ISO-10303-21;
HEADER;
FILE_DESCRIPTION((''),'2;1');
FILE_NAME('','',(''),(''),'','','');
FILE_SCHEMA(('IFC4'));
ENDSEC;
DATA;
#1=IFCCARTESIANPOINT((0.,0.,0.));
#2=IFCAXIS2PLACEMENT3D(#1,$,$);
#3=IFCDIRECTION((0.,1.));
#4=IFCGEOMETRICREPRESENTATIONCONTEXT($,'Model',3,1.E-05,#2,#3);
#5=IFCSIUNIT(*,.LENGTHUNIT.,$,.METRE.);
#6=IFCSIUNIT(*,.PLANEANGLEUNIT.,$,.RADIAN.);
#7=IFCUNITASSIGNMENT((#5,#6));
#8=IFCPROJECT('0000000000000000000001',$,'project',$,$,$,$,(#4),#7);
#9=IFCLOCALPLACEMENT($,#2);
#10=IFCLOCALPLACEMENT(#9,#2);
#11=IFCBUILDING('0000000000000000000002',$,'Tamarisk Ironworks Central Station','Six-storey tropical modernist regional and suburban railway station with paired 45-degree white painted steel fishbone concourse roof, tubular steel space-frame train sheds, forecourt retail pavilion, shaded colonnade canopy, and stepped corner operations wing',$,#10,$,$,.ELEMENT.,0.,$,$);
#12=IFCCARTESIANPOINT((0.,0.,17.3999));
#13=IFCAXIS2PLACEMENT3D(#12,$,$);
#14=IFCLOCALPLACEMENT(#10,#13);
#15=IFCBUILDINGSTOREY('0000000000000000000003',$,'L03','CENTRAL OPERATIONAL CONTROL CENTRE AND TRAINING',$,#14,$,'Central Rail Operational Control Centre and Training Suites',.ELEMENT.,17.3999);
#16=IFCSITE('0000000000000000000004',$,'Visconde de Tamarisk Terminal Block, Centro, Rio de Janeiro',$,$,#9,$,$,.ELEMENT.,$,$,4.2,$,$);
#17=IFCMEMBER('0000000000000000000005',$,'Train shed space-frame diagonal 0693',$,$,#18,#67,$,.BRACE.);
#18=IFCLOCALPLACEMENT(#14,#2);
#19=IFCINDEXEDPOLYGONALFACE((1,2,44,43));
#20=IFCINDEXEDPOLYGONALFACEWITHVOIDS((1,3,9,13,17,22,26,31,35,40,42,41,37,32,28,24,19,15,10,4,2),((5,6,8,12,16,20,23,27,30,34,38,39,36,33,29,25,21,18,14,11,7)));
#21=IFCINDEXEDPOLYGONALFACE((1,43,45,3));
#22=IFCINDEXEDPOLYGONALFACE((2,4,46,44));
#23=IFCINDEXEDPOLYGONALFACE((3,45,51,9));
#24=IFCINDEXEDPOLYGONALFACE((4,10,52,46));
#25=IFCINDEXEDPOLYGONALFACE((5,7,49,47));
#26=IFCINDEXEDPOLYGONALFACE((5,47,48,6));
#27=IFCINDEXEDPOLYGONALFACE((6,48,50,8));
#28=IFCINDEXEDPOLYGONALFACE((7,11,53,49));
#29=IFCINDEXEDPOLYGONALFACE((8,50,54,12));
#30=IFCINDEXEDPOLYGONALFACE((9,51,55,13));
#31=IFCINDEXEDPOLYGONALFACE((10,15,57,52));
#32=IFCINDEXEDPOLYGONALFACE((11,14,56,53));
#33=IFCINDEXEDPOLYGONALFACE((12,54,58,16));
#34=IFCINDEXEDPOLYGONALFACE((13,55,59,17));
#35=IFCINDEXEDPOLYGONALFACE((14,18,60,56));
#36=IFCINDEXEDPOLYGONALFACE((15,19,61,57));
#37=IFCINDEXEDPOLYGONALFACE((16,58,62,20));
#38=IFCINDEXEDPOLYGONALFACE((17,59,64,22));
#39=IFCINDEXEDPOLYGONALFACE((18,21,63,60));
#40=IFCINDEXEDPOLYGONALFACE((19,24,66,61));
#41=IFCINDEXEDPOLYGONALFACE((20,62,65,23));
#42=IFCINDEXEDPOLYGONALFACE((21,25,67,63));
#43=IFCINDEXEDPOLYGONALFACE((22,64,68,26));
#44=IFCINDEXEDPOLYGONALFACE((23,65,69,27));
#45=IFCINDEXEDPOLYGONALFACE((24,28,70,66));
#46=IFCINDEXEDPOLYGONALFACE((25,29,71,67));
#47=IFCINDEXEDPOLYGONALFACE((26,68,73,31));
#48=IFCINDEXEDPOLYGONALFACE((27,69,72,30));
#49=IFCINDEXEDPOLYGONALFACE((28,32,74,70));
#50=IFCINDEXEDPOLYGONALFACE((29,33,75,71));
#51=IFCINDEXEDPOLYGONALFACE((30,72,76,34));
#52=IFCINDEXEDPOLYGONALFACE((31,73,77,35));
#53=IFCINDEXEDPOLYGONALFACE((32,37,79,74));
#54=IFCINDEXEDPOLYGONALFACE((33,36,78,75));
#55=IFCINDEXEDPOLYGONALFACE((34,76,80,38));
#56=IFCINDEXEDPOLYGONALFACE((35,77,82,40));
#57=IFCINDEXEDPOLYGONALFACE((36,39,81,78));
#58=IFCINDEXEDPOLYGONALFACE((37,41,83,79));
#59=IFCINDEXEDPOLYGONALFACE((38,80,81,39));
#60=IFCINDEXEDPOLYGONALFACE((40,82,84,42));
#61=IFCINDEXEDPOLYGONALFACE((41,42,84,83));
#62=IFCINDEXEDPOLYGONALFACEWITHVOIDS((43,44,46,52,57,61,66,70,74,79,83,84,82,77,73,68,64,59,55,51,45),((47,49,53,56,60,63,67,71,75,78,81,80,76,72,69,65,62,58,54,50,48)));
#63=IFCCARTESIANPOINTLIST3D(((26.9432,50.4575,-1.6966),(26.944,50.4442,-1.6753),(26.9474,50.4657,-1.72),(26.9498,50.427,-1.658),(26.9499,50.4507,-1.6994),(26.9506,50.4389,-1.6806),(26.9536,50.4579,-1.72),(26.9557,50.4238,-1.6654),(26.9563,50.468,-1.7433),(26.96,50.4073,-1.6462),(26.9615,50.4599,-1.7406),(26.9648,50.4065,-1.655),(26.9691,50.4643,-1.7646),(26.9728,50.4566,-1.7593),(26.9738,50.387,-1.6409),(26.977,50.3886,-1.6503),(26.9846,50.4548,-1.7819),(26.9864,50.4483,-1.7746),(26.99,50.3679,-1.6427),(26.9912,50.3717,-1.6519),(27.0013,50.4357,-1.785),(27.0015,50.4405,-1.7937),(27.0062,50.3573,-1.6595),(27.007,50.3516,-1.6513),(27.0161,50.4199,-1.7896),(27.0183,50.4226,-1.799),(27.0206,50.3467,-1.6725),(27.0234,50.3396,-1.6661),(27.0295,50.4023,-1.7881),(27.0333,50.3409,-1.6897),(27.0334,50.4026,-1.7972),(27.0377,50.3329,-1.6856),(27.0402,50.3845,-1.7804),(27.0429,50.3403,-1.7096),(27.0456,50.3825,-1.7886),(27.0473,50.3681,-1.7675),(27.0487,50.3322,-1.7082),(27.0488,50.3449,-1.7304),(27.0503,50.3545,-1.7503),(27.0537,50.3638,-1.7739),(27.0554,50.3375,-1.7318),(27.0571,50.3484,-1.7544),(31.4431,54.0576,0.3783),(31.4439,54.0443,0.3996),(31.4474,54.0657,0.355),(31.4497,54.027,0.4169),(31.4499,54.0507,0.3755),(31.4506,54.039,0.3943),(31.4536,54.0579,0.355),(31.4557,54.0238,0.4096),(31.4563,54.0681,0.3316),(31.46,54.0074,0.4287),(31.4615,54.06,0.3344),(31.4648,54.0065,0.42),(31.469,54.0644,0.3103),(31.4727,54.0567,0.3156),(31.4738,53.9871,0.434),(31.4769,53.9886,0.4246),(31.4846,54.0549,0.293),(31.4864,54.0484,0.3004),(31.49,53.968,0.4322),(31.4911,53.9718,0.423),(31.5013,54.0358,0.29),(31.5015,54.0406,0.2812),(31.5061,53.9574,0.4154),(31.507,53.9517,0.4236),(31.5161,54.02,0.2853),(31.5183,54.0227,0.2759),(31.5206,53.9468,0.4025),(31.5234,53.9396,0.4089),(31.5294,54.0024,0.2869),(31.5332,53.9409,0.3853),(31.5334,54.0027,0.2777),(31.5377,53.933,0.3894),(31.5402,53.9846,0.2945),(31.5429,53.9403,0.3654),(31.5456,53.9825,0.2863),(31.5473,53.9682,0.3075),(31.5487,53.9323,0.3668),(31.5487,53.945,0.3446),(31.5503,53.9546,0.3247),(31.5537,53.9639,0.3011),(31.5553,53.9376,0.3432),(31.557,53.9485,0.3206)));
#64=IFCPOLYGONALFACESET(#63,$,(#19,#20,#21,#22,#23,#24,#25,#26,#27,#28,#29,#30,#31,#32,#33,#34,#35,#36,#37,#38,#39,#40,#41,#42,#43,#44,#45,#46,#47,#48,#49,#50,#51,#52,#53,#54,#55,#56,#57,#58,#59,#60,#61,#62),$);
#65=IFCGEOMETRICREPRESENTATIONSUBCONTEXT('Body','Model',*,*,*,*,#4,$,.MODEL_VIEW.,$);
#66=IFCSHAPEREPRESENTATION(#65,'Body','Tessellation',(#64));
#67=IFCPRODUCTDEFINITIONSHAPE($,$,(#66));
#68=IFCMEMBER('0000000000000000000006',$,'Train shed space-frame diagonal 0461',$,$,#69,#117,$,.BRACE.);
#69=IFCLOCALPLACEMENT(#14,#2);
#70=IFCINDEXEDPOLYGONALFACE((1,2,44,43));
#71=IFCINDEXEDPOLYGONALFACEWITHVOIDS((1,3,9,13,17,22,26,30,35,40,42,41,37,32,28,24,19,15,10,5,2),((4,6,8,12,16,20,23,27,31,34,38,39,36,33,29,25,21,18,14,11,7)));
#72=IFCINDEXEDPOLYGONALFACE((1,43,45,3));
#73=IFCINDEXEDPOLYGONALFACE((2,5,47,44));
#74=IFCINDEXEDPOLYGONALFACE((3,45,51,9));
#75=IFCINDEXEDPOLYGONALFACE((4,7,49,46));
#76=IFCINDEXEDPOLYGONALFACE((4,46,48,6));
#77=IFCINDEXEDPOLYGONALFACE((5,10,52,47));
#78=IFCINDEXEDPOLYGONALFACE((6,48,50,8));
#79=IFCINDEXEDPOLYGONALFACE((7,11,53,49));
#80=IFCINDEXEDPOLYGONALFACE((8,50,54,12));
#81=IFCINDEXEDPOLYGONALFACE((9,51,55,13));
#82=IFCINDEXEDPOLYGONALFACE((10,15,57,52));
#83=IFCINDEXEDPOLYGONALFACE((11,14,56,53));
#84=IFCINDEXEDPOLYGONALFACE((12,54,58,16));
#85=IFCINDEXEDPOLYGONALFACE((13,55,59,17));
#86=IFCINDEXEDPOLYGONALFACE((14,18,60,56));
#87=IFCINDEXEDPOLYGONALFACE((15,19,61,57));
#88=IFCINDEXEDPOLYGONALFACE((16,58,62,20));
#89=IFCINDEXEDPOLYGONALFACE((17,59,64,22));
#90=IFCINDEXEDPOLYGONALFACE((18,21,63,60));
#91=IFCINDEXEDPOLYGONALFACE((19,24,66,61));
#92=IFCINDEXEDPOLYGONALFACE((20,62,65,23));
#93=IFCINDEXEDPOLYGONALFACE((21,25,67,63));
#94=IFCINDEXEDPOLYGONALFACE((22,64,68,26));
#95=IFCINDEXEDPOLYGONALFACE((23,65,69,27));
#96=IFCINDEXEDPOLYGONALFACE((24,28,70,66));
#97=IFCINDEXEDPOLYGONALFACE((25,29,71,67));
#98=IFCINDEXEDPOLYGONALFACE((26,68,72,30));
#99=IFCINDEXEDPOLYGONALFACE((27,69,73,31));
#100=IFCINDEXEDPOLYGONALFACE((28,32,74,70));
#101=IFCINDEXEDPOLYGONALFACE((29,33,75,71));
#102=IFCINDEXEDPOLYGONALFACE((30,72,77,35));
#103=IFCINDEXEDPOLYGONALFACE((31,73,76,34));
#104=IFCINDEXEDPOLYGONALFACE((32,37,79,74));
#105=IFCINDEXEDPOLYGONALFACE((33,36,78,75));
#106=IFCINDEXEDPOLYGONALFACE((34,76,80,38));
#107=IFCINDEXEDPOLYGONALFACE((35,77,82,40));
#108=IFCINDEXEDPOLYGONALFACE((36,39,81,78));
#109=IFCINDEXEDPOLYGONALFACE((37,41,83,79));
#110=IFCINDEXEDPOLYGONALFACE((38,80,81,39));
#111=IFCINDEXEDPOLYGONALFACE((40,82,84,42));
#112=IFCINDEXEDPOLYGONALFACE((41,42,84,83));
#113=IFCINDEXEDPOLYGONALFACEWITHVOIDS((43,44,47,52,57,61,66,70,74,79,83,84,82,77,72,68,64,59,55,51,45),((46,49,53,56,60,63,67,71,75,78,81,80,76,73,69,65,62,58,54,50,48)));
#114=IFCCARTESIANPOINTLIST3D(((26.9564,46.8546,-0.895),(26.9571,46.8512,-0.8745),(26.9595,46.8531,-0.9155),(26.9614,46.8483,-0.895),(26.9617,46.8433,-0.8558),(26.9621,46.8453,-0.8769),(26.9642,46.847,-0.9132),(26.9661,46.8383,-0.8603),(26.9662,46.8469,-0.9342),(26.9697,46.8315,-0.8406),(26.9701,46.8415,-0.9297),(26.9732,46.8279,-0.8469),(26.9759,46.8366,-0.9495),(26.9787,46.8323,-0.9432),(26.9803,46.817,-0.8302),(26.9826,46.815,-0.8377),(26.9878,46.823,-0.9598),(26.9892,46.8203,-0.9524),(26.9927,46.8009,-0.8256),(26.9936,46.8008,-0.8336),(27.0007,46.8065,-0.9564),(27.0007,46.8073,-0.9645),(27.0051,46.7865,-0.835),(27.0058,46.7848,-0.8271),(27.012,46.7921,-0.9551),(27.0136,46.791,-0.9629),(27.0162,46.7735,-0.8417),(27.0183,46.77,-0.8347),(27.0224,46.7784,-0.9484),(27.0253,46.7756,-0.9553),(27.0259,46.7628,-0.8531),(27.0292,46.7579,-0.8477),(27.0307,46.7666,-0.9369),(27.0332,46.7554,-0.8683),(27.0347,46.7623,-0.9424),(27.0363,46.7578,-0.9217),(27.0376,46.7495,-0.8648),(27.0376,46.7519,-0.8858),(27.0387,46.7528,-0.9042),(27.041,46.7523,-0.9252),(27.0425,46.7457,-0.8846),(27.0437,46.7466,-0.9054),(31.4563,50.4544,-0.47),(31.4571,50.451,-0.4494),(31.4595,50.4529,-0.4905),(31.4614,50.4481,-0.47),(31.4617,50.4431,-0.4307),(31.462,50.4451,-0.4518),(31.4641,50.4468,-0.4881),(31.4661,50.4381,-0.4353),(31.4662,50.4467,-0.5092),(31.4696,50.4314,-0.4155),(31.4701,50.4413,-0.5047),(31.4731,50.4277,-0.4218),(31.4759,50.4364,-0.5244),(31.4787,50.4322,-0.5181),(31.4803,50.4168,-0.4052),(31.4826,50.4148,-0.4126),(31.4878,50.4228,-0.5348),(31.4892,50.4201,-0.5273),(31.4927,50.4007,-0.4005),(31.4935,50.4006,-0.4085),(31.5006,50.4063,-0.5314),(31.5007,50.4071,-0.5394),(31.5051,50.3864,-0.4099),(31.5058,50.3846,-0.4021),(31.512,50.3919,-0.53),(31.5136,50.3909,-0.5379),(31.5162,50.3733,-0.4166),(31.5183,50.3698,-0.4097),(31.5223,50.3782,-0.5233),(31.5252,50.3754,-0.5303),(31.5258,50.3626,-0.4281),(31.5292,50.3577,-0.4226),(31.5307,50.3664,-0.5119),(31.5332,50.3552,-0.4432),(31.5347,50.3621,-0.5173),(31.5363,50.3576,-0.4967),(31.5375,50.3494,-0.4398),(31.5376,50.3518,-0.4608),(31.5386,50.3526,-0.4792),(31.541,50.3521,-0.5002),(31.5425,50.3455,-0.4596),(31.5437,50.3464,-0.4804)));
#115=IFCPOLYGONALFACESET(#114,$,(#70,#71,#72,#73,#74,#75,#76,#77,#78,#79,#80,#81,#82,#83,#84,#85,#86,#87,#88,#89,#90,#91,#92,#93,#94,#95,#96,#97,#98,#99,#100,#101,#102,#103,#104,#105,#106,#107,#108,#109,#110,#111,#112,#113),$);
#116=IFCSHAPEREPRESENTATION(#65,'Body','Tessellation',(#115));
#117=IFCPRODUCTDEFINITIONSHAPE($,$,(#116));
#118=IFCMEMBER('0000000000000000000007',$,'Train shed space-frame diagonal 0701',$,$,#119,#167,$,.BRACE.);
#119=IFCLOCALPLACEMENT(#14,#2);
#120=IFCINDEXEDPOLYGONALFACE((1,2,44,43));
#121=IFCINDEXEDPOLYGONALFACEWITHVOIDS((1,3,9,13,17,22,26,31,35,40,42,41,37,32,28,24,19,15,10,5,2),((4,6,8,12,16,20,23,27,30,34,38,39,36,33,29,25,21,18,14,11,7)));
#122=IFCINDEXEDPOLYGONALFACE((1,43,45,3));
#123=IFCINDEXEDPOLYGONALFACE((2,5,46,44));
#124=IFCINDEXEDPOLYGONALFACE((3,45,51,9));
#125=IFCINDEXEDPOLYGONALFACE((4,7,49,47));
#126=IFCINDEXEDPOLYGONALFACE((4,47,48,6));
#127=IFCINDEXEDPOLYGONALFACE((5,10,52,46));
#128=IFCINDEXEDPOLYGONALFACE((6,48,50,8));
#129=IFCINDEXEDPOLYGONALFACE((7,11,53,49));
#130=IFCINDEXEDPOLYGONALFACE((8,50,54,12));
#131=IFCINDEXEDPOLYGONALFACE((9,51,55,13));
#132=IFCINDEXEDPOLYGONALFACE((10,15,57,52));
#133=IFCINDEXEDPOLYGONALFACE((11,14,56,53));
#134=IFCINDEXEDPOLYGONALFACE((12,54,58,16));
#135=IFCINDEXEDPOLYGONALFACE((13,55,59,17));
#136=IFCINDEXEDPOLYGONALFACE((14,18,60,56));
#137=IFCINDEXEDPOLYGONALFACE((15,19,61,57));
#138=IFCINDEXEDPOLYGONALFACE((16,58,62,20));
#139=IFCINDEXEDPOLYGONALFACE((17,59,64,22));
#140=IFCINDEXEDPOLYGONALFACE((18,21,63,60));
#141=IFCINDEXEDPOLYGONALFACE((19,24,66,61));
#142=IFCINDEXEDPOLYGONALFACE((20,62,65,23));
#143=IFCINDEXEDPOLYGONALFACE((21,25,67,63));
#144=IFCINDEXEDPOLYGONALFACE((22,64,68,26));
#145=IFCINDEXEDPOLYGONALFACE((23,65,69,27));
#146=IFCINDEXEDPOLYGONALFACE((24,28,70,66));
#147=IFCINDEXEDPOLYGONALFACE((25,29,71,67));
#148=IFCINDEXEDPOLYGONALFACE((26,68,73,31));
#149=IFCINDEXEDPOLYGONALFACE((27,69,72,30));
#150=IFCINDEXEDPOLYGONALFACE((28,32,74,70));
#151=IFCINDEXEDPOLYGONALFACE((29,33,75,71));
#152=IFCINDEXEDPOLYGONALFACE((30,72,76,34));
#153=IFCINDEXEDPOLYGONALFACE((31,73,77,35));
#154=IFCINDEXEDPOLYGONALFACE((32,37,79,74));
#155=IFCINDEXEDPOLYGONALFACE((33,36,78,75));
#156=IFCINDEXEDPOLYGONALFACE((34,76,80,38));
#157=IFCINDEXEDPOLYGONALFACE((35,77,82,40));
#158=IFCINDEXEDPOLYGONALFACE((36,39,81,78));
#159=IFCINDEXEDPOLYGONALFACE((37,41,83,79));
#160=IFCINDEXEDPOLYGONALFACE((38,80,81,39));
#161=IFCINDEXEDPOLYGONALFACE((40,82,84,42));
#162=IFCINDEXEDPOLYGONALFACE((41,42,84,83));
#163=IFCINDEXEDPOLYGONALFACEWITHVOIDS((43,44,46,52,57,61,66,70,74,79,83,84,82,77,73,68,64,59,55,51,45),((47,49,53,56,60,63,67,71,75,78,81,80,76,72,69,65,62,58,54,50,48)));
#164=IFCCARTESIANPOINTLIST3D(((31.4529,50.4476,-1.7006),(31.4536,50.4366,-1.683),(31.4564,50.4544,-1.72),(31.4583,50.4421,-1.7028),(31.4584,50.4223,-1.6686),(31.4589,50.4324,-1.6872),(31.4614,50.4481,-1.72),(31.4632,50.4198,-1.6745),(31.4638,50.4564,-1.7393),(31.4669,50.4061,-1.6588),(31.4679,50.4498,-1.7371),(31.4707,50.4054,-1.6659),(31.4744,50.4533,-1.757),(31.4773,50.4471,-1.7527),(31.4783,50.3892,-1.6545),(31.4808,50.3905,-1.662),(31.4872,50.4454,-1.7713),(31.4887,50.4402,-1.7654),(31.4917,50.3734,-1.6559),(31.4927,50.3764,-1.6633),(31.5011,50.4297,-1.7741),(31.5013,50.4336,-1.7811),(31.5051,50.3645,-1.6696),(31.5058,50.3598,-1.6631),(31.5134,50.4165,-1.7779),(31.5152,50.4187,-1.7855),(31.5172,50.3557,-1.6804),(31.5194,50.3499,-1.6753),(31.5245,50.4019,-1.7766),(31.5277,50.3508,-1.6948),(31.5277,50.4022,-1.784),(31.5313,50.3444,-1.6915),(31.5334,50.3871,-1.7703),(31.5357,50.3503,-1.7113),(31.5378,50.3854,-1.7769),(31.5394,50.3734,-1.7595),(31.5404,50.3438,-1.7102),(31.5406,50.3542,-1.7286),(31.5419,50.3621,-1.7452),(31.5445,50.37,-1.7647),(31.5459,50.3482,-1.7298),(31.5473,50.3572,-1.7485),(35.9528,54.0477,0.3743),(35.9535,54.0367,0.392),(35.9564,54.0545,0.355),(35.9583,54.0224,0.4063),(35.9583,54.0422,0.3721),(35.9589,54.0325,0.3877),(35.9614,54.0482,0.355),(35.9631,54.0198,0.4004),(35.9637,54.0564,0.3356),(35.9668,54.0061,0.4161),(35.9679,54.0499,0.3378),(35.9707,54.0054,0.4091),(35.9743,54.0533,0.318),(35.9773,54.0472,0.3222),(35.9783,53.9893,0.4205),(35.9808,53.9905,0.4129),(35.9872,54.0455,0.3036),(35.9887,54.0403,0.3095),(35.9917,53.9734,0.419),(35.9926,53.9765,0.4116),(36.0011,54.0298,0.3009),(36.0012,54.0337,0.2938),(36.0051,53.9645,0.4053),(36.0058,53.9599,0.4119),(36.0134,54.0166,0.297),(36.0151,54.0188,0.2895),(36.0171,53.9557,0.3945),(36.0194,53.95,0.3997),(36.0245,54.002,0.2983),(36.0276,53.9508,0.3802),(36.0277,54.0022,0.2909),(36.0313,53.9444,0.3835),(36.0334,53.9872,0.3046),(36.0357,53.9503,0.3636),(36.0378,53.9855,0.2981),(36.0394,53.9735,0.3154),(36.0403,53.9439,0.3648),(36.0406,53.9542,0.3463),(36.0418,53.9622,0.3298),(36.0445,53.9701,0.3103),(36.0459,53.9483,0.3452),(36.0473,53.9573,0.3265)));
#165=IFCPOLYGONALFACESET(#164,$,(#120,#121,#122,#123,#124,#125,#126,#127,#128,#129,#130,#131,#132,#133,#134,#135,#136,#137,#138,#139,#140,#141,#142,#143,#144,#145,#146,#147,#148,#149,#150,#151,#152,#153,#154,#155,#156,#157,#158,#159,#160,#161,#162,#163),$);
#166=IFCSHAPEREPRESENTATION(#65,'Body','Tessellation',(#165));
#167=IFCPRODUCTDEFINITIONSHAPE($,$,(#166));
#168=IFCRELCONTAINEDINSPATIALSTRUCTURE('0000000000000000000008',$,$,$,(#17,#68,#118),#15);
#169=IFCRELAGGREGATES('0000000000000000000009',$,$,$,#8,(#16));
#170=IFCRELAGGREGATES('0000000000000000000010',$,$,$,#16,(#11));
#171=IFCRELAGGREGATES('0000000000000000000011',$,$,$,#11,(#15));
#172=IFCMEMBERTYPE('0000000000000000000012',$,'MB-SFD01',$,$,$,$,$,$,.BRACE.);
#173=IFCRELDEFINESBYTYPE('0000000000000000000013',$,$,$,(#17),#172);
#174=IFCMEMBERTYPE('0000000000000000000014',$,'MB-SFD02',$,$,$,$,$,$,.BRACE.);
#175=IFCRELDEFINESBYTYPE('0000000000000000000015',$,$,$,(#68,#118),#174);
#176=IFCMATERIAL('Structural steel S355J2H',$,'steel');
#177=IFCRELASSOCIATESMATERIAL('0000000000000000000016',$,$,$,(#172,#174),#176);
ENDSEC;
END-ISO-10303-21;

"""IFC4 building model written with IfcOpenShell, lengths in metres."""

from ifc_helpers import new_model, si_unit, direction, frame, origin, origin_2d, place, context, subcontext, project, spatial, hollow_circle, extrude, material, material_profile, profile_set, type_object, element, save


model = new_model("IFC4")

# Units and contexts
model_context = context("Model", 3, precision=1e-05, world=origin(), true_north=direction((0.0, 1.0)))
body_context = subcontext(model_context, "Body", "Model", "MODEL_VIEW")
ifc_project = project(units=[si_unit("LENGTHUNIT", "METRE"), si_unit("PLANEANGLEUNIT", "RADIAN")], contexts=[model_context])

# Site, building, storey
site_placement = place(None, origin())
site = spatial("IfcSite", under=ifc_project, at=site_placement, Name="Visconde de Tamarisk Terminal Block, Centro, Rio de Janeiro", CompositionType="ELEMENT", RefElevation=4.2)
building_placement = place(site_placement, origin())
building = spatial("IfcBuilding", under=site, at=building_placement, Name="Tamarisk Ironworks Central Station", Description="Six-storey tropical modernist regional and suburban railway station with paired 45-degree white painted steel fishbone concourse roof, tubular steel space-frame train sheds, forecourt retail pavilion, shaded colonnade canopy, and stepped corner operations wing", CompositionType="ELEMENT", ElevationOfRefHeight=0.0)
storey_placement = place(building_placement, frame((0.0, 0.0, 17.3999)))
storey = spatial("IfcBuildingStorey", under=building, at=storey_placement, Name="L03", Description="CENTRAL OPERATIONAL CONTROL CENTRE AND TRAINING", LongName="Central Rail Operational Control Centre and Training Suites", CompositionType="ELEMENT", Elevation=17.3999)

# Members
ifc_material_1 = material(Name="Structural steel S355J2H", Category="steel")
ifc_material_profile_1 = material_profile(ifc_material_1, hollow_circle(Radius=0.0842, WallThickness=0.01, at=origin_2d()), Name="CHS 168.3x10")
ifc_profile_set_1 = profile_set([ifc_material_profile_1], Name="Structural steel S355J2H")
member_type_1 = type_object("IfcMemberType", Name="MB-SFD01", PredefinedType="BRACE", material=ifc_profile_set_1)
member_1_placement = place(storey_placement, frame((27.0, 50.3999, -1.72), z_axis=(0.734689, 0.587767, 0.338765), x_axis=(-0.624705, 0.780861, 0.0)))
element("IfcMember", 1, at=member_1_placement, inside=storey, type_object=member_type_1, Name="Train shed space-frame diagonal 0693", PredefinedType="BRACE", context=body_context, shape_type="SweptSolid", body=[
    extrude(hollow_circle(Radius=0.0842, WallThickness=0.01, at=origin_2d()), origin(), (0.0, 0.0, 1.0), 6.125),
])
ifc_material_profile_2 = material_profile(ifc_material_1, hollow_circle(Radius=0.0698, WallThickness=0.0081, at=origin_2d()), Name="CHS 139.7x8")
ifc_profile_set_2 = profile_set([ifc_material_profile_2], Name="Structural steel S355J2H")
member_type_2 = type_object("IfcMemberType", Name="MB-SFD02", PredefinedType="BRACE", material=ifc_profile_set_2)
member_2_placement = place(storey_placement, frame((27.0, 46.8, -0.895), z_axis=(0.778766, 0.622987, 0.073559), x_axis=(-0.62468, 0.780881, 0.0)))
element("IfcMember", 2, at=member_2_placement, inside=storey, type_object=member_type_2, Name="Train shed space-frame diagonal 0461", PredefinedType="BRACE", context=body_context, shape_type="SweptSolid", body=[
    extrude(hollow_circle(Radius=0.0698, WallThickness=0.0081, at=origin_2d()), origin(), (0.0, 0.0, 1.0), 5.7783),
])
member_3_placement = place(storey_placement, frame((31.5, 50.3999, -1.72), z_axis=(0.734689, 0.587767, 0.338765), x_axis=(-0.624705, 0.780861, 0.0)))
element("IfcMember", 3, at=member_3_placement, inside=storey, type_object=member_type_2, Name="Train shed space-frame diagonal 0701", PredefinedType="BRACE", context=body_context, shape_type="SweptSolid", body=[
    extrude(hollow_circle(Radius=0.0698, WallThickness=0.0081, at=origin_2d()), origin(), (0.0, 0.0, 1.0), 6.125),
])

save(model, "model.ifc")
